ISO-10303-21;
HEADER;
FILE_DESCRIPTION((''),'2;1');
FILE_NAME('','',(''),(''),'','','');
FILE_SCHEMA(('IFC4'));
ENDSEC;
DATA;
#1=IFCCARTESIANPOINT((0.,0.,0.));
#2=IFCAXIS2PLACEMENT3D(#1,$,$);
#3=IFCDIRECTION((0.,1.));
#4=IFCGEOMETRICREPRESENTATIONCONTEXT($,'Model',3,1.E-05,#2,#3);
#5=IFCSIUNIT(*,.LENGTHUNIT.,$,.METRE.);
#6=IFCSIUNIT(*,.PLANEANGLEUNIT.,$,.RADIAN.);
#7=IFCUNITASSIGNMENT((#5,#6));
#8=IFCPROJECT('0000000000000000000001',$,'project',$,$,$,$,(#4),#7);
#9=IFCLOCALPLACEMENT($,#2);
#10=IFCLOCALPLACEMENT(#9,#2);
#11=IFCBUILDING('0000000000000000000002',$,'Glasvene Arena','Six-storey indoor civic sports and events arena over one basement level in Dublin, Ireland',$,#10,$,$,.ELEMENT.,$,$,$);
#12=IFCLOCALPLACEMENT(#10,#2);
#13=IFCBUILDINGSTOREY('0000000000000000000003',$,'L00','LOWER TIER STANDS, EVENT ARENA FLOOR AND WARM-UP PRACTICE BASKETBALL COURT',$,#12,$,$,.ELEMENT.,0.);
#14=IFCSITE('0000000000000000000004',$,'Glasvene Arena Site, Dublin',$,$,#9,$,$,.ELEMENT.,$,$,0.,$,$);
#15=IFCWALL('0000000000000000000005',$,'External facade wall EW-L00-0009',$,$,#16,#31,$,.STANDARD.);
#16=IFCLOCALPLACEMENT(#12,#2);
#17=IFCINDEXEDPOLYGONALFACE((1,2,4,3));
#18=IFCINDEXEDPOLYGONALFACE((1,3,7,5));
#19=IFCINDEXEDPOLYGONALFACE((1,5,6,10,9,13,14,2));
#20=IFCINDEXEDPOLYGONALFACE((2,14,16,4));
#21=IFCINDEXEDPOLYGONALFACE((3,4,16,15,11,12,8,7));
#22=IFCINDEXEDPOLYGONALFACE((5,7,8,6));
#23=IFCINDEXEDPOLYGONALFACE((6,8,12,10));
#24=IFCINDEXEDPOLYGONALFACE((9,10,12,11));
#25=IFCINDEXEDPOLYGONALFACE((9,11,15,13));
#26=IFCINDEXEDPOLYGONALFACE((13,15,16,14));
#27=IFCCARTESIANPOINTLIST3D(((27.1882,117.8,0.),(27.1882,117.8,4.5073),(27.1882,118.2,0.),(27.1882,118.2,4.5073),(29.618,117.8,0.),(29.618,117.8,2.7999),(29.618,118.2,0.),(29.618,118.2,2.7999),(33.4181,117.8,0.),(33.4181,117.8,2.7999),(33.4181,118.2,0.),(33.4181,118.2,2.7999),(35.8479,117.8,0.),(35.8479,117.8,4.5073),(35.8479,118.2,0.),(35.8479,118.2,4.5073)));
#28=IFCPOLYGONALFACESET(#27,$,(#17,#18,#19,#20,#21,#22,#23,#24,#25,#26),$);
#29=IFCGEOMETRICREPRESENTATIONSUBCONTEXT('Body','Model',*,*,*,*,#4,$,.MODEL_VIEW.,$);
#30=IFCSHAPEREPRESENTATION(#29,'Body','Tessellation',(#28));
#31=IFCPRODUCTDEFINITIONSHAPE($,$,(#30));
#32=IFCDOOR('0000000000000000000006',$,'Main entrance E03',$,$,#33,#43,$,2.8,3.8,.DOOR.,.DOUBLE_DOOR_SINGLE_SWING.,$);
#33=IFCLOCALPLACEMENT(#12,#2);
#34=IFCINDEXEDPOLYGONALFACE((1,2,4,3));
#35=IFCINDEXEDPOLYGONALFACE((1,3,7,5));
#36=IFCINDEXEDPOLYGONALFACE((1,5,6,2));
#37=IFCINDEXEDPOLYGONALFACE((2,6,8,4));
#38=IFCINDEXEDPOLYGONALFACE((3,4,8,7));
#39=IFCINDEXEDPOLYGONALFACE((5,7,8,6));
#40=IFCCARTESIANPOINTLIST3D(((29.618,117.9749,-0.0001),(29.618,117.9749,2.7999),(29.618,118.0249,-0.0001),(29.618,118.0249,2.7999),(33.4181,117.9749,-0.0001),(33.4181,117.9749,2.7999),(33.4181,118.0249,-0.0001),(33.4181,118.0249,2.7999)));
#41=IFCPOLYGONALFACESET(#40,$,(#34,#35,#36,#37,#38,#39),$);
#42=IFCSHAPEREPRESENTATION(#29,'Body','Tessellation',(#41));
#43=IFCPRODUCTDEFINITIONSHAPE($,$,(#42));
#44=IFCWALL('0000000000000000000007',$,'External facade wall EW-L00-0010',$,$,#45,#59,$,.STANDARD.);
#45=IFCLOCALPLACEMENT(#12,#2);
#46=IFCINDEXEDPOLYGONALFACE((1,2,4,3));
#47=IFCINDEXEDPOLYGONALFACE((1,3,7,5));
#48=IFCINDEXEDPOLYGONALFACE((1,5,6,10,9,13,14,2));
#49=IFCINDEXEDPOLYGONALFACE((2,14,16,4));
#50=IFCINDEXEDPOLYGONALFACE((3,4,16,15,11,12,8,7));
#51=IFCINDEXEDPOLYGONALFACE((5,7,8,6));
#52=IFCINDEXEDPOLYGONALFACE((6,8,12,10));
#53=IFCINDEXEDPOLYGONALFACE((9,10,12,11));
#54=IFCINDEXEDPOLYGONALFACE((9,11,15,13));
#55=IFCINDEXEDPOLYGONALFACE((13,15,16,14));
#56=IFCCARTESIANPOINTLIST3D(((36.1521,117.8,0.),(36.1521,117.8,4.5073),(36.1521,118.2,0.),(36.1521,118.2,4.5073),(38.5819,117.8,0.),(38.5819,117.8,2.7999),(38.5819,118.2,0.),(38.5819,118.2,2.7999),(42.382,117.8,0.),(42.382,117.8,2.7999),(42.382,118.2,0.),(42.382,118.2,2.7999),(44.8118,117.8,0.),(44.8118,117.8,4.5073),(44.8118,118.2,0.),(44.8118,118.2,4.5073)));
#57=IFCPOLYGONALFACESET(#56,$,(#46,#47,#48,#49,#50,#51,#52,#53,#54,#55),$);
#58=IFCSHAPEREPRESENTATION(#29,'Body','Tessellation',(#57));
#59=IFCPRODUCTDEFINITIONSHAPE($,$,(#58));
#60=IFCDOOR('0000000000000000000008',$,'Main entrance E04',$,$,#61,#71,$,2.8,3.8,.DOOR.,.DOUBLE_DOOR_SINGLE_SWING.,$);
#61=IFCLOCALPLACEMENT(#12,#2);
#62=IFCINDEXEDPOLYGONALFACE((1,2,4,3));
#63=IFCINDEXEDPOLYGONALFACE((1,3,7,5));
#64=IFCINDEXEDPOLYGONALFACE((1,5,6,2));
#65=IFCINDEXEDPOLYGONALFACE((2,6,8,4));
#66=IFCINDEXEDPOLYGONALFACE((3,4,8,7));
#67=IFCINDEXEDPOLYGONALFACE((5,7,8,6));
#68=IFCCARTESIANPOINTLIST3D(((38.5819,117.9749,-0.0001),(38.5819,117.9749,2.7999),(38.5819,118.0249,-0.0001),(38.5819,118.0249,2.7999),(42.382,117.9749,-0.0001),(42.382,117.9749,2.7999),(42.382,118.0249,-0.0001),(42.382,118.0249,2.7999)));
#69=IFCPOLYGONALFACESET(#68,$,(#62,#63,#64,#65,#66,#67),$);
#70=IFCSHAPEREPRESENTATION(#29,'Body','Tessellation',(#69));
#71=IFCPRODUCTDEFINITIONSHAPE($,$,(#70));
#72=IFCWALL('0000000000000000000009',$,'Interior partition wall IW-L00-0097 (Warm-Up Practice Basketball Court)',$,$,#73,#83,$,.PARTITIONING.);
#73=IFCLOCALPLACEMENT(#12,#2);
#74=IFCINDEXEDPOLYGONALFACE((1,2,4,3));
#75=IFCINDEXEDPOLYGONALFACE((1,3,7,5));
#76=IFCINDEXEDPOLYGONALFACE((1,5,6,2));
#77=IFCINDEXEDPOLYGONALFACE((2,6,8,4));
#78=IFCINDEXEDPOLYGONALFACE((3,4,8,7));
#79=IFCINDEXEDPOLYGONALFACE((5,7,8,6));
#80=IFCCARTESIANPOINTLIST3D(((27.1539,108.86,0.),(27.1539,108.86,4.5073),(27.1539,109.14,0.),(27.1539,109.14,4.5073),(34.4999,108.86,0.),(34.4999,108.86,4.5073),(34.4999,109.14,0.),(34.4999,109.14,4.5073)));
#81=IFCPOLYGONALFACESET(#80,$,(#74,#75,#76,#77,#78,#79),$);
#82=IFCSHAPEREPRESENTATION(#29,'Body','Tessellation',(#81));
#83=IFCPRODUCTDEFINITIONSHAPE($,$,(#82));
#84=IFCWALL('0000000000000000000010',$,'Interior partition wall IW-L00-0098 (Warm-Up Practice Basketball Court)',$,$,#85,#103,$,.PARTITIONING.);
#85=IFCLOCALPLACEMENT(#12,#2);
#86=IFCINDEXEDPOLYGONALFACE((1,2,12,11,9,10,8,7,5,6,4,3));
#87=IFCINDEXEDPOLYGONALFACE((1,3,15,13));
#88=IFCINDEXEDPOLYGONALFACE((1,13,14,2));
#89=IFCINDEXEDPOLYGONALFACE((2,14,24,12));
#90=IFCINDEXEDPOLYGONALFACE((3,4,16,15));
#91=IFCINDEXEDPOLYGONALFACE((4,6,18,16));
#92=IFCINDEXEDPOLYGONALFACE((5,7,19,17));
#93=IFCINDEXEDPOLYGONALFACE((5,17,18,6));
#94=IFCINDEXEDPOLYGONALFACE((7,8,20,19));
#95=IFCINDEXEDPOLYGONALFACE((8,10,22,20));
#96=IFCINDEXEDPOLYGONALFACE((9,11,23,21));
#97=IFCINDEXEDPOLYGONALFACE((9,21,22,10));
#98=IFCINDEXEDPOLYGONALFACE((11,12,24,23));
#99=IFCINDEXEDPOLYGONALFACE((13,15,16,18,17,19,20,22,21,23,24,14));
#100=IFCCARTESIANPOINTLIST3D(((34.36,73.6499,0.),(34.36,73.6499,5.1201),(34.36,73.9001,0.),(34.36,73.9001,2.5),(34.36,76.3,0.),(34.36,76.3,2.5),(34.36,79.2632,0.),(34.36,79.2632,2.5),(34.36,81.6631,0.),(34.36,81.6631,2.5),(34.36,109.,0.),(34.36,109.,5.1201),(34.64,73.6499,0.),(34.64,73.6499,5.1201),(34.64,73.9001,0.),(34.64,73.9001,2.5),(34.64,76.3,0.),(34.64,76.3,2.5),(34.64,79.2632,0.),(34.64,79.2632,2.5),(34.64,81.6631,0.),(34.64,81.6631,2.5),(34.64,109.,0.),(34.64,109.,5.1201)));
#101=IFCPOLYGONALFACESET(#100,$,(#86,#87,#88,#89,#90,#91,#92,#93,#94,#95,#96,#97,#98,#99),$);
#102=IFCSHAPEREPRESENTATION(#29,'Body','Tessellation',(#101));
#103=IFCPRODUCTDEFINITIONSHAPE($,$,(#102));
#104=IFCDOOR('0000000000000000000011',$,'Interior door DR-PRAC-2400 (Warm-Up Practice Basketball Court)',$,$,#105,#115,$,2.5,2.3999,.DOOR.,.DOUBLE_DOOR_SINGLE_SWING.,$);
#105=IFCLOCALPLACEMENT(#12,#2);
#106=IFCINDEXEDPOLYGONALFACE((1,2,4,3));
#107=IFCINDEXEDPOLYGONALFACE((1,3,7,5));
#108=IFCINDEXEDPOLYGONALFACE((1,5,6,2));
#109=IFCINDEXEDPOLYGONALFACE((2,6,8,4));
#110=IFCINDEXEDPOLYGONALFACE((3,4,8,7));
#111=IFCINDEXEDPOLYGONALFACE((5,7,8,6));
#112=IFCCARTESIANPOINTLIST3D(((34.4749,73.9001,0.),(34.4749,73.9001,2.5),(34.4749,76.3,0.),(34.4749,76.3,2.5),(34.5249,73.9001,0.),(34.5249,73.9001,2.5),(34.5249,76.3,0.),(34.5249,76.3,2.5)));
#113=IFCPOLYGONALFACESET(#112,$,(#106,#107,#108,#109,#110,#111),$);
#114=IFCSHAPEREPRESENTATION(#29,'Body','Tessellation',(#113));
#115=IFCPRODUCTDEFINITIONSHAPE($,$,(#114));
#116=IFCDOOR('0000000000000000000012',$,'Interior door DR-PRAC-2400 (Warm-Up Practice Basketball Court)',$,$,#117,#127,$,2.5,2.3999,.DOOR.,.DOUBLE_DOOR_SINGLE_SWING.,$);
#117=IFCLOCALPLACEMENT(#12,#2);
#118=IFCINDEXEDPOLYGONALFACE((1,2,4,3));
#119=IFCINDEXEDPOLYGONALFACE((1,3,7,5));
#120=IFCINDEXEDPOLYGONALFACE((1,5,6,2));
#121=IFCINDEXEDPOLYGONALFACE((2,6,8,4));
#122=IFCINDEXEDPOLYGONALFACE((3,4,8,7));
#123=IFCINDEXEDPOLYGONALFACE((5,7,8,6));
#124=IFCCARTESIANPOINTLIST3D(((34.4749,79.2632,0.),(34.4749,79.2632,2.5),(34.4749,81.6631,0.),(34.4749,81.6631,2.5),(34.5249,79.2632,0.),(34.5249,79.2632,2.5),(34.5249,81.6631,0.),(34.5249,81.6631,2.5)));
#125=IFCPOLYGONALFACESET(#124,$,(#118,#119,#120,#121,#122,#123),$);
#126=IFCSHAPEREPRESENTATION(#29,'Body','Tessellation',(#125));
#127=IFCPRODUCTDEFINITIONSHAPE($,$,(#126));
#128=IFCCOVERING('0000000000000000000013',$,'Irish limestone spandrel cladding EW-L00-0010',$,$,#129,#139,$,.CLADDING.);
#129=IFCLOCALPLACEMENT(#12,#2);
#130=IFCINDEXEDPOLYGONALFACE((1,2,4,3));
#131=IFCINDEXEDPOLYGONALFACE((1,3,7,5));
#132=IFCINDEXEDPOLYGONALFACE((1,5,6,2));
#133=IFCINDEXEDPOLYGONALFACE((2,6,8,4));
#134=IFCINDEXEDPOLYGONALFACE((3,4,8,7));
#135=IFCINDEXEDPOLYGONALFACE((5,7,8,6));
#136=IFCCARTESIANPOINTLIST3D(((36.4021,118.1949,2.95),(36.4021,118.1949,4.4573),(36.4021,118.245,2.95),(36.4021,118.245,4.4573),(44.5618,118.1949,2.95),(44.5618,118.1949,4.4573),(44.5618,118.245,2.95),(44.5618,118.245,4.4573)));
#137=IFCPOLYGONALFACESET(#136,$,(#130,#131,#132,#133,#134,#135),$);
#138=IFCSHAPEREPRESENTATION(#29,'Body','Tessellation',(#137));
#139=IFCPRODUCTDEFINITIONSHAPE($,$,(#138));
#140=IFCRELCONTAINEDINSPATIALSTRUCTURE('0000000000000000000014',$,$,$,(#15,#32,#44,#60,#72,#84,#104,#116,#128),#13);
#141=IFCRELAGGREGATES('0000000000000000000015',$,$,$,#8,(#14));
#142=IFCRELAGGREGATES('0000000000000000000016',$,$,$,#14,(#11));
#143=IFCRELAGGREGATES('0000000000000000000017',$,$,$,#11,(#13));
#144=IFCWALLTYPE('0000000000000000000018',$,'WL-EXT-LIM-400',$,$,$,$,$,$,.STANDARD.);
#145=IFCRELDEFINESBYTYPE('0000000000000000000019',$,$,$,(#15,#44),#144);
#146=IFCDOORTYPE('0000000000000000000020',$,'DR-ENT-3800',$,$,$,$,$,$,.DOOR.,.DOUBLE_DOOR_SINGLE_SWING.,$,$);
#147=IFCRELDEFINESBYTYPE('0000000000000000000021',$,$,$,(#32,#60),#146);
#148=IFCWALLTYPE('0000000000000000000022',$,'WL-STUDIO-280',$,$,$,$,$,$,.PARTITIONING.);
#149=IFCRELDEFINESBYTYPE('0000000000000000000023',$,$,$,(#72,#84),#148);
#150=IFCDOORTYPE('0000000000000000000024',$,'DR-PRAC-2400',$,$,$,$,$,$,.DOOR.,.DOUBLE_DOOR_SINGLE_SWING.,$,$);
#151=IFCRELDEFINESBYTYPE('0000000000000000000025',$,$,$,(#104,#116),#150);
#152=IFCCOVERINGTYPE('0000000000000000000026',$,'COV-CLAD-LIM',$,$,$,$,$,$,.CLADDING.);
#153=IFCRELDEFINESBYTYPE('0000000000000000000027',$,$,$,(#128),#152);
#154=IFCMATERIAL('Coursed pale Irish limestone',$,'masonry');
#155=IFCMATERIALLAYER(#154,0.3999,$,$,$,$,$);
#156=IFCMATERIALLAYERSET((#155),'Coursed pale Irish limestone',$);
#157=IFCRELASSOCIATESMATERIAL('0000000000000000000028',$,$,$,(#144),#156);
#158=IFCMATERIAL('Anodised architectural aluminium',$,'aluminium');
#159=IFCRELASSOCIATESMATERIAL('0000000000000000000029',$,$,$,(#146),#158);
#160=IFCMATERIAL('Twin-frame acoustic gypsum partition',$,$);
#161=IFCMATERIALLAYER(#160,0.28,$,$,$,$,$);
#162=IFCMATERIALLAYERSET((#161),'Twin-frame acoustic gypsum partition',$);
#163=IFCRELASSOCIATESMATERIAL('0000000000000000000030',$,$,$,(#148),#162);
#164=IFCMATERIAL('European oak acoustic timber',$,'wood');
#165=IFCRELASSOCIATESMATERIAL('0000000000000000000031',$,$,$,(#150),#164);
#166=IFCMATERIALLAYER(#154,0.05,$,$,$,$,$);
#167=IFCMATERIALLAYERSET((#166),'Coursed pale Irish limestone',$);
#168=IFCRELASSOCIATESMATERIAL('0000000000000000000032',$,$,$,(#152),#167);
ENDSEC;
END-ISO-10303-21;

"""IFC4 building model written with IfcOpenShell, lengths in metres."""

from ifc_helpers import new_model, si_unit, direction, frame, frame_2d, origin, origin_2d, place, context, subcontext, project, spatial, rectangle, extrude, material, layer, layer_set, type_object, element, fill, save


model = new_model("IFC4")

# Units and contexts
model_context = context("Model", 3, precision=1e-05, world=origin(), true_north=direction((0.0, 1.0)))
body_context = subcontext(model_context, "Body", "Model", "MODEL_VIEW")
ifc_project = project(units=[si_unit("LENGTHUNIT", "METRE"), si_unit("PLANEANGLEUNIT", "RADIAN")], contexts=[model_context])

# Site, building, storey
site_placement = place(None, origin())
site = spatial("IfcSite", under=ifc_project, at=site_placement, Name="Glasvene Arena Site, Dublin", CompositionType="ELEMENT", RefElevation=0.0)
building_placement = place(site_placement, origin())
building = spatial("IfcBuilding", under=site, at=building_placement, Name="Glasvene Arena", Description="Six-storey indoor civic sports and events arena over one basement level in Dublin, Ireland", CompositionType="ELEMENT")
storey_placement = place(building_placement, origin())
storey = spatial("IfcBuildingStorey", under=building, at=storey_placement, Name="L00", Description="LOWER TIER STANDS, EVENT ARENA FLOOR AND WARM-UP PRACTICE BASKETBALL COURT", CompositionType="ELEMENT", Elevation=0.0)

# Walls, openings, doors
ifc_material_1 = material(Name="Coursed pale Irish limestone", Category="masonry")
ifc_layer_1 = layer(ifc_material_1, 0.3999)
ifc_layer_set_1 = layer_set([ifc_layer_1], Name="Coursed pale Irish limestone")
wall_type_1 = type_object("IfcWallType", Name="WL-EXT-LIM-400", PredefinedType="STANDARD", material=ifc_layer_set_1)
wall_1_placement = place(storey_placement, frame((27.1882, 118.0, 0.0), z_axis=(0.0, 0.0, 1.0), x_axis=(1.0, 0.0, 0.0)))
wall_1 = element("IfcWall", 1, at=wall_1_placement, inside=storey, type_object=wall_type_1, Name="External facade wall EW-L00-0009", PredefinedType="STANDARD", context=body_context, shape_type="SweptSolid", body=[
    extrude(rectangle(XDim=8.6597, YDim=0.3999, at=frame_2d((4.3298, 0.0))), origin(), (0.0, 0.0, 1.0), 4.5073),
])
opening_1_placement = place(wall_1_placement, frame((2.4299, 0.0, 0.0)))
opening_1 = element("IfcOpeningElement", 2, at=opening_1_placement, cuts=wall_1, PredefinedType="OPENING", context=body_context, shape_type="SweptSolid", body=[
    extrude(rectangle(XDim=3.8, YDim=2.8, at=frame_2d((1.8999, 1.3999))), frame((0.0, 0.21, 0.0), z_axis=(0.0, -1.0, 0.0), x_axis=(1.0, 0.0, 0.0)), (0.0, 0.0, 1.0), 0.4199),
])
ifc_material_2 = material(Name="Anodised architectural aluminium", Category="aluminium")
door_type_1 = type_object("IfcDoorType", Name="DR-ENT-3800", OperationType="DOUBLE_DOOR_SINGLE_SWING", PredefinedType="DOOR", material=ifc_material_2)
door_1_placement = place(opening_1_placement, origin())
door_1 = element("IfcDoor", 3, at=door_1_placement, inside=storey, type_object=door_type_1, Name="Main entrance E03", OperationType="DOUBLE_DOOR_SINGLE_SWING", OverallHeight=2.8, OverallWidth=3.8, PredefinedType="DOOR", context=body_context, shape_type="SweptSolid", body=[
    extrude(rectangle(XDim=3.8, YDim=2.8, at=frame_2d((1.8999, 1.3999))), frame((0.0, 0.0249, 0.0), z_axis=(0.0, -1.0, 0.0), x_axis=(1.0, 0.0, 0.0)), (0.0, 0.0, 1.0), 0.05),
])
fill(opening_1, door_1)
wall_2_placement = place(storey_placement, frame((36.1521, 118.0, 0.0), z_axis=(0.0, 0.0, 1.0), x_axis=(1.0, 0.0, 0.0)))
wall_2 = element("IfcWall", 4, at=wall_2_placement, inside=storey, type_object=wall_type_1, Name="External facade wall EW-L00-0010", PredefinedType="STANDARD", context=body_context, shape_type="SweptSolid", body=[
    extrude(rectangle(XDim=8.6597, YDim=0.3999, at=frame_2d((4.3298, 0.0))), origin(), (0.0, 0.0, 1.0), 4.5073),
])
opening_2_placement = place(wall_2_placement, frame((2.4299, 0.0, 0.0)))
opening_2 = element("IfcOpeningElement", 5, at=opening_2_placement, cuts=wall_2, PredefinedType="OPENING", context=body_context, shape_type="SweptSolid", body=[
    extrude(rectangle(XDim=3.8, YDim=2.8, at=frame_2d((1.8999, 1.3999))), frame((0.0, 0.21, 0.0), z_axis=(0.0, -1.0, 0.0), x_axis=(1.0, 0.0, 0.0)), (0.0, 0.0, 1.0), 0.4199),
])
door_2_placement = place(opening_2_placement, origin())
door_2 = element("IfcDoor", 6, at=door_2_placement, inside=storey, type_object=door_type_1, Name="Main entrance E04", OperationType="DOUBLE_DOOR_SINGLE_SWING", OverallHeight=2.8, OverallWidth=3.8, PredefinedType="DOOR", context=body_context, shape_type="SweptSolid", body=[
    extrude(rectangle(XDim=3.8, YDim=2.8, at=frame_2d((1.8999, 1.3999))), frame((0.0, 0.0249, 0.0), z_axis=(0.0, -1.0, 0.0), x_axis=(1.0, 0.0, 0.0)), (0.0, 0.0, 1.0), 0.05),
])
fill(opening_2, door_2)

# Wall
ifc_material_3 = material(Name="Twin-frame acoustic gypsum partition")
ifc_layer_2 = layer(ifc_material_3, 0.28)
ifc_layer_set_2 = layer_set([ifc_layer_2], Name="Twin-frame acoustic gypsum partition")
wall_type_2 = type_object("IfcWallType", Name="WL-STUDIO-280", PredefinedType="PARTITIONING", material=ifc_layer_set_2)
wall_3_placement = place(storey_placement, frame((27.1541, 109.0, 0.0), z_axis=(0.0, 0.0, 1.0), x_axis=(1.0, 0.0, 0.0)))
element("IfcWall", 7, at=wall_3_placement, inside=storey, type_object=wall_type_2, Name="Interior partition wall IW-L00-0097 (Warm-Up Practice Basketball Court)", PredefinedType="PARTITIONING", context=body_context, shape_type="SweptSolid", body=[
    extrude(rectangle(XDim=7.3459, YDim=0.28, at=frame_2d((3.6729, 0.0))), origin(), (0.0, 0.0, 1.0), 4.5073),
])

# Wall, openings, doors
wall_4_placement = place(storey_placement, frame((34.5, 109.0, 0.0), z_axis=(0.0, 0.0, 1.0), x_axis=(0.0, -1.0, 0.0)))
wall_4 = element("IfcWall", 8, at=wall_4_placement, inside=storey, type_object=wall_type_2, Name="Interior partition wall IW-L00-0098 (Warm-Up Practice Basketball Court)", PredefinedType="PARTITIONING", context=body_context, shape_type="SweptSolid", body=[
    extrude(rectangle(XDim=35.3501, YDim=0.28, at=frame_2d((17.675, 0.0))), origin(), (0.0, 0.0, 1.0), 5.1201),
])
opening_3_placement = place(wall_4_placement, frame((32.7, 0.0, 0.0)))
opening_3 = element("IfcOpeningElement", 9, at=opening_3_placement, cuts=wall_4, PredefinedType="OPENING", context=body_context, shape_type="SweptSolid", body=[
    extrude(rectangle(XDim=2.3999, YDim=2.5, at=frame_2d((1.2, 1.25))), frame((0.0, 0.1499, 0.0), z_axis=(0.0, -1.0, 0.0), x_axis=(1.0, 0.0, 0.0)), (0.0, 0.0, 1.0), 0.3),
])
opening_4_placement = place(wall_4_placement, frame((27.3369, 0.0, 0.0)))
opening_4 = element("IfcOpeningElement", 10, at=opening_4_placement, cuts=wall_4, PredefinedType="OPENING", context=body_context, shape_type="SweptSolid", body=[
    extrude(rectangle(XDim=2.3999, YDim=2.5, at=frame_2d((1.2, 1.25))), frame((0.0, 0.1499, 0.0), z_axis=(0.0, -1.0, 0.0), x_axis=(1.0, 0.0, 0.0)), (0.0, 0.0, 1.0), 0.3),
])
ifc_material_4 = material(Name="European oak acoustic timber", Category="wood")
door_type_2 = type_object("IfcDoorType", Name="DR-PRAC-2400", OperationType="DOUBLE_DOOR_SINGLE_SWING", PredefinedType="DOOR", material=ifc_material_4)
door_3_placement = place(opening_3_placement, origin())
door_3 = element("IfcDoor", 11, at=door_3_placement, inside=storey, type_object=door_type_2, Name="Interior door DR-PRAC-2400 (Warm-Up Practice Basketball Court)", OperationType="DOUBLE_DOOR_SINGLE_SWING", OverallHeight=2.5, OverallWidth=2.3999, PredefinedType="DOOR", context=body_context, shape_type="SweptSolid", body=[
    extrude(rectangle(XDim=2.3999, YDim=2.5, at=frame_2d((1.2, 1.25))), frame((0.0, 0.0249, 0.0), z_axis=(0.0, -1.0, 0.0), x_axis=(1.0, 0.0, 0.0)), (0.0, 0.0, 1.0), 0.05),
])
fill(opening_3, door_3)
door_4_placement = place(opening_4_placement, origin())
door_4 = element("IfcDoor", 12, at=door_4_placement, inside=storey, type_object=door_type_2, Name="Interior door DR-PRAC-2400 (Warm-Up Practice Basketball Court)", OperationType="DOUBLE_DOOR_SINGLE_SWING", OverallHeight=2.5, OverallWidth=2.3999, PredefinedType="DOOR", context=body_context, shape_type="SweptSolid", body=[
    extrude(rectangle(XDim=2.3999, YDim=2.5, at=frame_2d((1.2, 1.25))), frame((0.0, 0.0249, 0.0), z_axis=(0.0, -1.0, 0.0), x_axis=(1.0, 0.0, 0.0)), (0.0, 0.0, 1.0), 0.05),
])
fill(opening_4, door_4)

# Covering
ifc_layer_3 = layer(ifc_material_1, 0.05)
ifc_layer_set_3 = layer_set([ifc_layer_3], Name="Coursed pale Irish limestone")
covering_type_1 = type_object("IfcCoveringType", Name="COV-CLAD-LIM", PredefinedType="CLADDING", material=ifc_layer_set_3)
covering_1_placement = place(storey_placement, frame((40.4819, 118.22, 2.95), z_axis=(0.0, 0.0, 1.0), x_axis=(1.0, 0.0, 0.0)))
element("IfcCovering", 13, at=covering_1_placement, inside=storey, type_object=covering_type_1, Name="Irish limestone spandrel cladding EW-L00-0010", PredefinedType="CLADDING", context=body_context, shape_type="SweptSolid", body=[
    extrude(rectangle(XDim=8.1597, YDim=0.05, at=origin_2d()), origin(), (0.0, 0.0, 1.0), 1.5073),
])

save(model, "model.ifc")
